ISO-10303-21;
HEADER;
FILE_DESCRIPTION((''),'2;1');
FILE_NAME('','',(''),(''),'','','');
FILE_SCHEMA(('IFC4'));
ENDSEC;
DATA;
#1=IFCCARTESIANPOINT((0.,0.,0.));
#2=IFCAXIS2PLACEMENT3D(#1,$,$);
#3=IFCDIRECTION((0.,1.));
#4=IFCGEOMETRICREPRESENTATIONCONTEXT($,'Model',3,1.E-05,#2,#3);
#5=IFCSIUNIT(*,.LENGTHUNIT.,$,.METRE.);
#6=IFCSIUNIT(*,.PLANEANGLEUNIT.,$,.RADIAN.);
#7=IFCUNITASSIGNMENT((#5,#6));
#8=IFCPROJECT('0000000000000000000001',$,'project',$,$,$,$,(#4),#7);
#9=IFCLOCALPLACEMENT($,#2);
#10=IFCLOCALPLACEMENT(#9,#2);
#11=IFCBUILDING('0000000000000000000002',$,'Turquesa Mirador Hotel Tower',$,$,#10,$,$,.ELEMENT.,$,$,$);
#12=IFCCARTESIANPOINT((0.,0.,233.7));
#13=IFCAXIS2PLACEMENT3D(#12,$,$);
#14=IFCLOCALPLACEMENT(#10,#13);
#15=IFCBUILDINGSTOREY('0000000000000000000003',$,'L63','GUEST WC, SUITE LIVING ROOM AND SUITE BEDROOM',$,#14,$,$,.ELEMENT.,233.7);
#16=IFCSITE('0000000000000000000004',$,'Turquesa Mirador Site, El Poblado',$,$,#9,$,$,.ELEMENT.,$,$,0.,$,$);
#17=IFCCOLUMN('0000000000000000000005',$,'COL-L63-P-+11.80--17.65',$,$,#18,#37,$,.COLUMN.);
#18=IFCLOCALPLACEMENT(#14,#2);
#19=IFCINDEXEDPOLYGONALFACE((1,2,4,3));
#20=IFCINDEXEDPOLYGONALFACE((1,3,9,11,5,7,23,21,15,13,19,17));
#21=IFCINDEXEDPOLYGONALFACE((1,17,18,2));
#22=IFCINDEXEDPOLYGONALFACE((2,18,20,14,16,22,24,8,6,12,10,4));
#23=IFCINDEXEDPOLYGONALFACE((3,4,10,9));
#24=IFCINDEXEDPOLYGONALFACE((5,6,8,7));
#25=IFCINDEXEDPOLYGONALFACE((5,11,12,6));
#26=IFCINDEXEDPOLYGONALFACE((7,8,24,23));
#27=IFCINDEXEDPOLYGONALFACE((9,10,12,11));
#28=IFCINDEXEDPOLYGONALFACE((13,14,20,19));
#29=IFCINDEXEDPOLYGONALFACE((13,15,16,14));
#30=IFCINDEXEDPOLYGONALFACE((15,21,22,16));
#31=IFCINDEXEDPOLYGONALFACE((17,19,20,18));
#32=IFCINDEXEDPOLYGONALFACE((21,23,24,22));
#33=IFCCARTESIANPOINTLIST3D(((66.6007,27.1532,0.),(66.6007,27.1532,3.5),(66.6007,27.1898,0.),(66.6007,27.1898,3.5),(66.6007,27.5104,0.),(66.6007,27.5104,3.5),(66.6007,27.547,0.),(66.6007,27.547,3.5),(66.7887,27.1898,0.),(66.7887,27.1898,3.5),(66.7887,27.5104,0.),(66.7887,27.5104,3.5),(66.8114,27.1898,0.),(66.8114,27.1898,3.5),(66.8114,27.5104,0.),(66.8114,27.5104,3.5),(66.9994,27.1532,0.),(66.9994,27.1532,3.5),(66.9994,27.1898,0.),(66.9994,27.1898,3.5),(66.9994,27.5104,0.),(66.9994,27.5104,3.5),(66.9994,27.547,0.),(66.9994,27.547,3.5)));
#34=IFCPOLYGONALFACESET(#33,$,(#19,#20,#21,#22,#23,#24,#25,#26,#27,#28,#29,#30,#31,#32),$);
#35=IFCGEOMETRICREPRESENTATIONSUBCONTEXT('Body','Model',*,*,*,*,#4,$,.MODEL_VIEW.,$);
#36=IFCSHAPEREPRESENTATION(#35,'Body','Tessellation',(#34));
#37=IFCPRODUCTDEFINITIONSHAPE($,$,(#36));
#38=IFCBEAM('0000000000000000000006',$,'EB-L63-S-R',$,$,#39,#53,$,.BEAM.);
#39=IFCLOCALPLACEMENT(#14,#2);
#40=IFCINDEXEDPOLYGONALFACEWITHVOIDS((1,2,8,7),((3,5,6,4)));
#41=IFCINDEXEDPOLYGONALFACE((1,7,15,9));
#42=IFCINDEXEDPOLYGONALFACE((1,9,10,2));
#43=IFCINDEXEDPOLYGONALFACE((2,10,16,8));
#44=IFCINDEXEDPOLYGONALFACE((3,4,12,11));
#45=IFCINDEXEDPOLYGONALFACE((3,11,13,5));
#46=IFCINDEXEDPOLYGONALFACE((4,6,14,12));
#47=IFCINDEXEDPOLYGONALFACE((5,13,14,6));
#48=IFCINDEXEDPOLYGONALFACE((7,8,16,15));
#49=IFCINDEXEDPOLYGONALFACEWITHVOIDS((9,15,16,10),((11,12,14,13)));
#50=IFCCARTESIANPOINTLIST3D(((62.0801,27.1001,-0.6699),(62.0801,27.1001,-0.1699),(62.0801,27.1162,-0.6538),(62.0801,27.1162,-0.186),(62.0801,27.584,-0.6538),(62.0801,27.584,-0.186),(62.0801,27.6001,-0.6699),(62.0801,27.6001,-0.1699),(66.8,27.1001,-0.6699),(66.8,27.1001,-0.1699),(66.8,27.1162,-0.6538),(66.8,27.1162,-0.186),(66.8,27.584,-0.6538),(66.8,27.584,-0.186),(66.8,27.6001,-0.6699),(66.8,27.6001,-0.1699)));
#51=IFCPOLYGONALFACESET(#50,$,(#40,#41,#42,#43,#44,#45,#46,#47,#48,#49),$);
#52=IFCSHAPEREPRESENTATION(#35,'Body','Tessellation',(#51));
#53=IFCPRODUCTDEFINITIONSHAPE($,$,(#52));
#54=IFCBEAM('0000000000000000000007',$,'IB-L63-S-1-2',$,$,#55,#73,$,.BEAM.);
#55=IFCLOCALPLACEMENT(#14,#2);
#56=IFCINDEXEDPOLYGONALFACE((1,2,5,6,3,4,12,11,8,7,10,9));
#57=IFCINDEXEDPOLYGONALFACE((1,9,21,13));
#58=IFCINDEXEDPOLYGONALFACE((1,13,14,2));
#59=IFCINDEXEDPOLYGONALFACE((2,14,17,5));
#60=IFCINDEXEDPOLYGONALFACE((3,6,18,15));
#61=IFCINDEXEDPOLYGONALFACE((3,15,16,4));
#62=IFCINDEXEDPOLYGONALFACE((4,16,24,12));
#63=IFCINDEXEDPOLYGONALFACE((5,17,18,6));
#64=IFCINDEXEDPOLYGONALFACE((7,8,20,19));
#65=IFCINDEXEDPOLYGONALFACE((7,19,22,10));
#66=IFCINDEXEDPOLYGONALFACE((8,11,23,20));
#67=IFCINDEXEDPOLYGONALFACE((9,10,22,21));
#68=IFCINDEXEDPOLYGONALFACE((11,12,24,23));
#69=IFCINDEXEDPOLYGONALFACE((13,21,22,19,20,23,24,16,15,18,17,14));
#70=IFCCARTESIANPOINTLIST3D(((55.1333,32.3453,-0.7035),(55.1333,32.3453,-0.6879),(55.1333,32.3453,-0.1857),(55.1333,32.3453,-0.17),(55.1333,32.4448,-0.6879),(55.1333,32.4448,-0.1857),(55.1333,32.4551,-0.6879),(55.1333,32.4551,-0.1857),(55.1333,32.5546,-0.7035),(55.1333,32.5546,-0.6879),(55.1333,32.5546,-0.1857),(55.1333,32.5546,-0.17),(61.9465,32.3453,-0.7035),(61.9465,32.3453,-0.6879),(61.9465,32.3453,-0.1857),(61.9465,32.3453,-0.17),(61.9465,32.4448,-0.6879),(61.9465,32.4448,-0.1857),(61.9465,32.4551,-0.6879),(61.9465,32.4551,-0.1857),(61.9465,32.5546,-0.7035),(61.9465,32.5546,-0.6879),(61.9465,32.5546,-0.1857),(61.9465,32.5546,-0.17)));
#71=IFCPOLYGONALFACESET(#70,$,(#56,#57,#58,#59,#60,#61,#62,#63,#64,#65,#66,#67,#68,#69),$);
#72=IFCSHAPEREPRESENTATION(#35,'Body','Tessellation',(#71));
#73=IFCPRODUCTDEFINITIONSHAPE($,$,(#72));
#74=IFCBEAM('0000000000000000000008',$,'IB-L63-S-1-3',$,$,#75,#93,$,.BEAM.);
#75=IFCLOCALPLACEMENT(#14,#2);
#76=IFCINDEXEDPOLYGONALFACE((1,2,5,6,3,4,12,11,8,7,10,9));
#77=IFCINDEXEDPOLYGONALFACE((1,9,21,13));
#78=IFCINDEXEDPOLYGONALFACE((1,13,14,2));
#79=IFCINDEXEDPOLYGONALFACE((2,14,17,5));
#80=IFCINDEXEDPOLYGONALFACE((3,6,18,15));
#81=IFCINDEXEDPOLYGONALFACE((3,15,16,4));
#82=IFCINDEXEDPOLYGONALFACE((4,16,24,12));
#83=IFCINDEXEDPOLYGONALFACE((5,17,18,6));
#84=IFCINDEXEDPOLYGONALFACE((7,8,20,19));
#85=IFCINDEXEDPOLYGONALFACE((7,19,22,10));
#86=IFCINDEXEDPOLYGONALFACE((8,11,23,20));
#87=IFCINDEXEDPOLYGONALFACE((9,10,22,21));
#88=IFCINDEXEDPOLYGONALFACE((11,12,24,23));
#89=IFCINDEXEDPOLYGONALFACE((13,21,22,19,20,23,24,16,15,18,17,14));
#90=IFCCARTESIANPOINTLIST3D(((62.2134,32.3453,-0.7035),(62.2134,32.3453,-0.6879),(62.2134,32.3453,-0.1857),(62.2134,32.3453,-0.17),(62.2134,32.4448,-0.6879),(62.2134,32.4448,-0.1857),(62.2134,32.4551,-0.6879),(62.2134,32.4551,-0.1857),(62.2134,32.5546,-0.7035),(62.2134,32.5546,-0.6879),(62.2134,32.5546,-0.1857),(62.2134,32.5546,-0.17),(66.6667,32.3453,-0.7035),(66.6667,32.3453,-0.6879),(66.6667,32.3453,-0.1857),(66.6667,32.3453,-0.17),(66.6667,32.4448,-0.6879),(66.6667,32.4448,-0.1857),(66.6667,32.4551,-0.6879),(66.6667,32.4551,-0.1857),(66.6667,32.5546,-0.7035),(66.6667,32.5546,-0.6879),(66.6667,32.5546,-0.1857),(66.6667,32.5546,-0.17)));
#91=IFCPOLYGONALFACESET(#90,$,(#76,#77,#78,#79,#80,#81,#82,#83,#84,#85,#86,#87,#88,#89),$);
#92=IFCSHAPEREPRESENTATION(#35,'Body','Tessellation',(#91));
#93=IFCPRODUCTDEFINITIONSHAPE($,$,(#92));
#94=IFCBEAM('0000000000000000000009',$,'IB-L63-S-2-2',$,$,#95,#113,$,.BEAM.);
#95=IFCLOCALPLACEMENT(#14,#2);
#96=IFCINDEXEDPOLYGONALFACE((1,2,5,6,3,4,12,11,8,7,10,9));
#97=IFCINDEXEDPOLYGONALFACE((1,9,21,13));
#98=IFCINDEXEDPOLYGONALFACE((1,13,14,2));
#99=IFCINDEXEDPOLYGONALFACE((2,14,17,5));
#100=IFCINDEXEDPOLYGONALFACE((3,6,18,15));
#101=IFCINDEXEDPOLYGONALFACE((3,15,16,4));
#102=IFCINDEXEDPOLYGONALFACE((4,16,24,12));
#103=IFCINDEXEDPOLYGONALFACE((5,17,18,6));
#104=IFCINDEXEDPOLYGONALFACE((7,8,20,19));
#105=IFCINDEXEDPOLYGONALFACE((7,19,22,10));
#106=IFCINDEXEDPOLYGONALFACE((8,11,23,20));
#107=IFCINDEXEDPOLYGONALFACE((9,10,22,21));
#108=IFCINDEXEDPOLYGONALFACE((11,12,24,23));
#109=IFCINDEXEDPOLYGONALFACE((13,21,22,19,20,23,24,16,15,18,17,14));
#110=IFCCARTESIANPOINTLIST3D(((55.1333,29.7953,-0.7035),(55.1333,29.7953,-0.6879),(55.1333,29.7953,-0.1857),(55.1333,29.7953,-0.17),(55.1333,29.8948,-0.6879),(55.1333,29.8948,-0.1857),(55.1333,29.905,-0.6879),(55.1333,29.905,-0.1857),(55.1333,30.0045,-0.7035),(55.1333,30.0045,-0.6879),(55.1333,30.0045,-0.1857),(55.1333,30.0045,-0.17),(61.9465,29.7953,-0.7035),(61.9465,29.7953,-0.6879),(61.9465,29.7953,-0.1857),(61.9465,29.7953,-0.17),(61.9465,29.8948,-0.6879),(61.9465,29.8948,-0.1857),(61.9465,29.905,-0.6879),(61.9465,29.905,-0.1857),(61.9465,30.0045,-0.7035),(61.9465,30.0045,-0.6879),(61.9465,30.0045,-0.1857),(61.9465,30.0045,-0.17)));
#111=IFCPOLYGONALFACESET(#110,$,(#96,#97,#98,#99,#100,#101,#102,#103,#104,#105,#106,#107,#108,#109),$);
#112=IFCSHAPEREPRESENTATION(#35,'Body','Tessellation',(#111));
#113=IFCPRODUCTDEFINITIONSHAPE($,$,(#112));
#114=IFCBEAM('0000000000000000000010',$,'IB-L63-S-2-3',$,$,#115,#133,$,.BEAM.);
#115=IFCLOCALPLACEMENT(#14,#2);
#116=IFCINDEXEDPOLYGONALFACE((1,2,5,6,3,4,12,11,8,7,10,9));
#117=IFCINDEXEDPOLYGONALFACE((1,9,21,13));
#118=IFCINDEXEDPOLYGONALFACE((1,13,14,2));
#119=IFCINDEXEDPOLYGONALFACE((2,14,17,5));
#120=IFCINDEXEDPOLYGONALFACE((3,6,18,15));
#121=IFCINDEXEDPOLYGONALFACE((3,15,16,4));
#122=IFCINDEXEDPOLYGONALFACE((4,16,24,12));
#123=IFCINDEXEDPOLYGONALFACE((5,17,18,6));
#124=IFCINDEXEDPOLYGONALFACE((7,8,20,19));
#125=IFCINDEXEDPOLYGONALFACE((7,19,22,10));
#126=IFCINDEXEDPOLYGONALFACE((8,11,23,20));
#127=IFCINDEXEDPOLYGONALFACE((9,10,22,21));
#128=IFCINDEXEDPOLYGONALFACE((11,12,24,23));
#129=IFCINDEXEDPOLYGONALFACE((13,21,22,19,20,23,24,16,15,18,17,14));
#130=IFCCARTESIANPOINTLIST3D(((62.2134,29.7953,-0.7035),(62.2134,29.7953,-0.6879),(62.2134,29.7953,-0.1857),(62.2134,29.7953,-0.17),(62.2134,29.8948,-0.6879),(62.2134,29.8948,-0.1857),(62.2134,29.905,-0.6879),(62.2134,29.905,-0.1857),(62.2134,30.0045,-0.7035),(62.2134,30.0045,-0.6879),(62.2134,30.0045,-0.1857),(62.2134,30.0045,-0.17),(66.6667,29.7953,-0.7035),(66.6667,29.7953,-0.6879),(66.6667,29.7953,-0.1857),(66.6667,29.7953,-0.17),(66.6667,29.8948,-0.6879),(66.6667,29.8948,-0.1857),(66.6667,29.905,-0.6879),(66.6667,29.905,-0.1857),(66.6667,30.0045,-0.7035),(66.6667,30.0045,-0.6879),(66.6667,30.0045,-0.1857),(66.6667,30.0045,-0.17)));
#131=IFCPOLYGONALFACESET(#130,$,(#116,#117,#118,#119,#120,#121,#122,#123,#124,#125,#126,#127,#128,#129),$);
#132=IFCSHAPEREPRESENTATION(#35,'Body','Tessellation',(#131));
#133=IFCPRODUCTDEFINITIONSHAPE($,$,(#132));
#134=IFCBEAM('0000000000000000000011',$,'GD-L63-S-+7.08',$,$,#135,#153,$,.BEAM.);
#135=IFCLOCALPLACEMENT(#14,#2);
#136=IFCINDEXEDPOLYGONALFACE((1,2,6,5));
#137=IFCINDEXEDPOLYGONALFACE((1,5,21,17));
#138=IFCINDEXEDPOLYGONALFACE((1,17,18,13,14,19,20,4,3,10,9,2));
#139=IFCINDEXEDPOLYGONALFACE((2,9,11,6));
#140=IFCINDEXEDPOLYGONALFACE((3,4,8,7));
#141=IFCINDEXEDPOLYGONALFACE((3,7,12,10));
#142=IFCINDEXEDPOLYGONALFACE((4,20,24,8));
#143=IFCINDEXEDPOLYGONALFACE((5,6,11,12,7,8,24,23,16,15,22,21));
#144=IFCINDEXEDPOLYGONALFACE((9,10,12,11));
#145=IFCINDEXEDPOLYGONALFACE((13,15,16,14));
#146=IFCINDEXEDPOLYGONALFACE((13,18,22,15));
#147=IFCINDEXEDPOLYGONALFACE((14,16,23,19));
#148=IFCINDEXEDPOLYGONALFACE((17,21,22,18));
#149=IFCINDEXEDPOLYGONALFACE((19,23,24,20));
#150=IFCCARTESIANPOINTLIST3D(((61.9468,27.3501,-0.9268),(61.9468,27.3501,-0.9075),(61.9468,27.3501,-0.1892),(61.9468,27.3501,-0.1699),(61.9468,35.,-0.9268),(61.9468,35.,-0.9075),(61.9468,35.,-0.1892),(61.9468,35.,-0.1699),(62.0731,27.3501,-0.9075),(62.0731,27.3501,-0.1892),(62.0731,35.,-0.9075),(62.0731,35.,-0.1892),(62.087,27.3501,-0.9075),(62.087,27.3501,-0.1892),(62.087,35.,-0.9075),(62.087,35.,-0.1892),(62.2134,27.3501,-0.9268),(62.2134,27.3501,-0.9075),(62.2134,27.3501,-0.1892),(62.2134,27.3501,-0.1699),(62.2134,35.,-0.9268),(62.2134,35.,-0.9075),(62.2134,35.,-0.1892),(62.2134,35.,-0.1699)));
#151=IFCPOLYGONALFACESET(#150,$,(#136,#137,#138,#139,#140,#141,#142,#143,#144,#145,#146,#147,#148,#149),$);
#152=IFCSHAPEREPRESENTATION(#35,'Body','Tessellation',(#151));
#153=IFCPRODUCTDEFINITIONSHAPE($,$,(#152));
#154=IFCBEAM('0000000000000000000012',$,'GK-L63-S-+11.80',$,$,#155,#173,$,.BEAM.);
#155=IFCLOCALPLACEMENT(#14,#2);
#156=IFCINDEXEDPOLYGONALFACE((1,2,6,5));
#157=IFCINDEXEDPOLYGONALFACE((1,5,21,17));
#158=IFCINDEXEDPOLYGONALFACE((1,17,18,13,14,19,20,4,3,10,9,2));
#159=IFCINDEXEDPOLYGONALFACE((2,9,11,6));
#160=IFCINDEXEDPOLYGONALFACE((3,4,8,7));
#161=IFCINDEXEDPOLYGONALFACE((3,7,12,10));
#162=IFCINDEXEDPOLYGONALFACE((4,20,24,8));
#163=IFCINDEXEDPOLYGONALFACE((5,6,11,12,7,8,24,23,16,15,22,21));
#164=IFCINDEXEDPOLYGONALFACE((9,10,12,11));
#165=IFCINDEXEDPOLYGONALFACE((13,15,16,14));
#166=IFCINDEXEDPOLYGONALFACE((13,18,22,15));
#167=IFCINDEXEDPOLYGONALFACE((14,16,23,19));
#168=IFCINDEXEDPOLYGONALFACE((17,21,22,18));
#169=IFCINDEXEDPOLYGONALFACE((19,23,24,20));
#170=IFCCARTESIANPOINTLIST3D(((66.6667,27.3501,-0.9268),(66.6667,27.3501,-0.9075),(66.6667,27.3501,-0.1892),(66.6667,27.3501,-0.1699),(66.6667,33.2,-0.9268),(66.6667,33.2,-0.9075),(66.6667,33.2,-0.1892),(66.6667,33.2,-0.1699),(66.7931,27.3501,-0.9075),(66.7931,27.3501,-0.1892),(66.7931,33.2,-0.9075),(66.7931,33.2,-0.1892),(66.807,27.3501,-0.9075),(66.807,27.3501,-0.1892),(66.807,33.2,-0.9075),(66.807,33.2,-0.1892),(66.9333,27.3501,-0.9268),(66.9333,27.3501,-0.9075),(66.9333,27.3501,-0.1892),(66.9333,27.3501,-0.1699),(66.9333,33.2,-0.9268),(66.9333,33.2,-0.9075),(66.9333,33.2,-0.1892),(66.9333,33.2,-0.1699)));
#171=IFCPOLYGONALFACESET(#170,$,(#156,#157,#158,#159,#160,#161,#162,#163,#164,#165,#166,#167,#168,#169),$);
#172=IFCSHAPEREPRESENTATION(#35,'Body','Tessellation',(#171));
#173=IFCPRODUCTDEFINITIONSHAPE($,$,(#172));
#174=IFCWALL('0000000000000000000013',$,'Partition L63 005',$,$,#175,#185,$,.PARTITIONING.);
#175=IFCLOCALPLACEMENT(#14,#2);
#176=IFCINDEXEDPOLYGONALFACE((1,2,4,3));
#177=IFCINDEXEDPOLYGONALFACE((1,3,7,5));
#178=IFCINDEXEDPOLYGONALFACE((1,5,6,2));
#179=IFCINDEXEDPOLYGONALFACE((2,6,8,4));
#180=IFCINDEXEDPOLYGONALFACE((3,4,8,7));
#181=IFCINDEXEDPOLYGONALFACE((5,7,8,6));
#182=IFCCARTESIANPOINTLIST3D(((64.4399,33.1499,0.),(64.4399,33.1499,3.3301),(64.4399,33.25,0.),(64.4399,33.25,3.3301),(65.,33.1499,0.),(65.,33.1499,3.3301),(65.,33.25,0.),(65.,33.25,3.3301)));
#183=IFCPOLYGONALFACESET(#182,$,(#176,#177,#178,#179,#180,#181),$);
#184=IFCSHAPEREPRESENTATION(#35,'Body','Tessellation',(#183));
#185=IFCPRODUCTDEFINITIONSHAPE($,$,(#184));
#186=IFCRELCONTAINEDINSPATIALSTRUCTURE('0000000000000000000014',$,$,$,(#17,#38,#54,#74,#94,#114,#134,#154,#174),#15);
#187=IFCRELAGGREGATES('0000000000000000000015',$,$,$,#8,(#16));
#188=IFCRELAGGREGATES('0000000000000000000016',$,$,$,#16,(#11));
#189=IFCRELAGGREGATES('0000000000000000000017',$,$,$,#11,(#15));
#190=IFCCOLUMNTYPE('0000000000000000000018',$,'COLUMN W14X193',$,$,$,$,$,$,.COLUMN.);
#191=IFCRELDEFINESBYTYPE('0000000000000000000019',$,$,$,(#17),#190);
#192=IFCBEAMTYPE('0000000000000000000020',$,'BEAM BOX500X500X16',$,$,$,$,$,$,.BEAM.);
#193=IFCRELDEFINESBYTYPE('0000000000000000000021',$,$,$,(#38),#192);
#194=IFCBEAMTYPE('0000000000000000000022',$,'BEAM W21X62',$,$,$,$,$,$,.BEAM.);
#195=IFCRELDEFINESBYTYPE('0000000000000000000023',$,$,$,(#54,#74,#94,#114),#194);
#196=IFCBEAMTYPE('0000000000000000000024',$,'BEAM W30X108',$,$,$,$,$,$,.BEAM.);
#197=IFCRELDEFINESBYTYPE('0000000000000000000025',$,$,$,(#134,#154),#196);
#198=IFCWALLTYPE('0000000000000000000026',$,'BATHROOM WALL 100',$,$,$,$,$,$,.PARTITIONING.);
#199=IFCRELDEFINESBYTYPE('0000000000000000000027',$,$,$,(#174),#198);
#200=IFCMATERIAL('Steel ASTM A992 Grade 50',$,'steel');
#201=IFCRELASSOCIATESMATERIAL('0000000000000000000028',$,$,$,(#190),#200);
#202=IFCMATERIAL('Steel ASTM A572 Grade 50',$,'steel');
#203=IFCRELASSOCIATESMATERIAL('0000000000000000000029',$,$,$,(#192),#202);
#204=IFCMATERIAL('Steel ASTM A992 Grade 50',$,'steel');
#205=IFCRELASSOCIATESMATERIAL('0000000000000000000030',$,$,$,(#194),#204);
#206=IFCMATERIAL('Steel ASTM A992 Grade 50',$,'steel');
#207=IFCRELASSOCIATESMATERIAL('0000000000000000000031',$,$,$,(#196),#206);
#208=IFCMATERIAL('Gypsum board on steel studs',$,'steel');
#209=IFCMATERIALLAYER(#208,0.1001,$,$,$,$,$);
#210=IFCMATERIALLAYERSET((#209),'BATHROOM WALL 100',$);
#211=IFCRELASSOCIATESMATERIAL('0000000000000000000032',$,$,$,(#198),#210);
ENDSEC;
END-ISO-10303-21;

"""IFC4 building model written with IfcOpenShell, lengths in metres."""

from ifc_helpers import new_model, si_unit, direction, frame, frame_2d, origin, origin_2d, place, context, subcontext, project, spatial, rectangle, hollow_rectangle, i_section, extrude, material, layer, layer_set, material_profile, profile_set, type_object, element, save


model = new_model("IFC4")

# Units and contexts
model_context = context("Model", 3, precision=1e-05, world=origin(), true_north=direction((0.0, 1.0)))
body_context = subcontext(model_context, "Body", "Model", "MODEL_VIEW")
ifc_project = project(units=[si_unit("LENGTHUNIT", "METRE"), si_unit("PLANEANGLEUNIT", "RADIAN")], contexts=[model_context])

# Site, building, storey
site_placement = place(None, origin())
site = spatial("IfcSite", under=ifc_project, at=site_placement, Name="Turquesa Mirador Site, El Poblado", CompositionType="ELEMENT", RefElevation=0.0)
building_placement = place(site_placement, origin())
building = spatial("IfcBuilding", under=site, at=building_placement, Name="Turquesa Mirador Hotel Tower", CompositionType="ELEMENT")
storey_placement = place(building_placement, frame((0.0, 0.0, 233.7)))
storey = spatial("IfcBuildingStorey", under=building, at=storey_placement, Name="L63", Description="GUEST WC, SUITE LIVING ROOM AND SUITE BEDROOM", CompositionType="ELEMENT", Elevation=233.7)

# Column
ifc_material_1 = material(Name="Steel ASTM A992 Grade 50", Category="steel")
ifc_material_profile_1 = material_profile(ifc_material_1, i_section(OverallWidth=0.3987, OverallDepth=0.3938, WebThickness=0.0227, FlangeThickness=0.0366, at=origin_2d()), Name="W14X193")
ifc_profile_set_1 = profile_set([ifc_material_profile_1], Name="Steel ASTM A992 Grade 50")
column_type = type_object("IfcColumnType", Name="COLUMN W14X193", PredefinedType="COLUMN", material=ifc_profile_set_1)
column_placement = place(storey_placement, frame((66.8, 27.3501, 0.0), z_axis=(0.0, 0.0, 1.0), x_axis=(1.0, 0.0, 0.0)))
element("IfcColumn", 1, at=column_placement, inside=storey, type_object=column_type, Name="COL-L63-P-+11.80--17.65", PredefinedType="COLUMN", context=body_context, shape_type="SweptSolid", body=[
    extrude(i_section(OverallWidth=0.3987, OverallDepth=0.3938, WebThickness=0.0227, FlangeThickness=0.0366, at=origin_2d()), origin(), (0.0, 0.0, 1.0), 3.5),
])

# Beams
ifc_material_2 = material(Name="Steel ASTM A572 Grade 50", Category="steel")
ifc_material_profile_2 = material_profile(ifc_material_2, hollow_rectangle(XDim=0.5, YDim=0.5, WallThickness=0.0161, at=origin_2d()), Name="BOX500X500X16")
ifc_profile_set_2 = profile_set([ifc_material_profile_2], Name="Steel ASTM A572 Grade 50")
beam_type_1 = type_object("IfcBeamType", Name="BEAM BOX500X500X16", PredefinedType="BEAM", material=ifc_profile_set_2)
beam_1_placement = place(storey_placement, frame((62.0801, 27.3501, -0.4199), z_axis=(1.0, 0.0, 0.0), x_axis=(0.0, 1.0, 0.0)))
element("IfcBeam", 2, at=beam_1_placement, inside=storey, type_object=beam_type_1, Name="EB-L63-S-R", PredefinedType="BEAM", context=body_context, shape_type="SweptSolid", body=[
    extrude(hollow_rectangle(XDim=0.5, YDim=0.5, WallThickness=0.0161, at=origin_2d()), origin(), (0.0, 0.0, 1.0), 4.72),
])
ifc_material_3 = material(Name="Steel ASTM A992 Grade 50", Category="steel")
ifc_material_profile_3 = material_profile(ifc_material_3, i_section(OverallWidth=0.2092, OverallDepth=0.5334, WebThickness=0.0103, FlangeThickness=0.0156, at=origin_2d()), Name="W21X62")
ifc_profile_set_3 = profile_set([ifc_material_profile_3], Name="Steel ASTM A992 Grade 50")
beam_type_2 = type_object("IfcBeamType", Name="BEAM W21X62", PredefinedType="BEAM", material=ifc_profile_set_3)
beam_2_placement = place(storey_placement, frame((55.1333, 32.45, -0.4368), z_axis=(1.0, 0.0, 0.0), x_axis=(0.0, 1.0, 0.0)))
element("IfcBeam", 3, at=beam_2_placement, inside=storey, type_object=beam_type_2, Name="IB-L63-S-1-2", PredefinedType="BEAM", context=body_context, shape_type="SweptSolid", body=[
    extrude(i_section(OverallWidth=0.2092, OverallDepth=0.5334, WebThickness=0.0103, FlangeThickness=0.0156, at=origin_2d()), origin(), (0.0, 0.0, 1.0), 6.8132),
])
beam_3_placement = place(storey_placement, frame((62.2134, 32.45, -0.4368), z_axis=(1.0, 0.0, 0.0), x_axis=(0.0, 1.0, 0.0)))
element("IfcBeam", 4, at=beam_3_placement, inside=storey, type_object=beam_type_2, Name="IB-L63-S-1-3", PredefinedType="BEAM", context=body_context, shape_type="SweptSolid", body=[
    extrude(i_section(OverallWidth=0.2092, OverallDepth=0.5334, WebThickness=0.0103, FlangeThickness=0.0156, at=origin_2d()), origin(), (0.0, 0.0, 1.0), 4.4534),
])
beam_4_placement = place(storey_placement, frame((55.1333, 29.8999, -0.4368), z_axis=(1.0, 0.0, 0.0), x_axis=(0.0, 1.0, 0.0)))
element("IfcBeam", 5, at=beam_4_placement, inside=storey, type_object=beam_type_2, Name="IB-L63-S-2-2", PredefinedType="BEAM", context=body_context, shape_type="SweptSolid", body=[
    extrude(i_section(OverallWidth=0.2092, OverallDepth=0.5334, WebThickness=0.0103, FlangeThickness=0.0156, at=origin_2d()), origin(), (0.0, 0.0, 1.0), 6.8132),
])
beam_5_placement = place(storey_placement, frame((62.2134, 29.8999, -0.4368), z_axis=(1.0, 0.0, 0.0), x_axis=(0.0, 1.0, 0.0)))
element("IfcBeam", 6, at=beam_5_placement, inside=storey, type_object=beam_type_2, Name="IB-L63-S-2-3", PredefinedType="BEAM", context=body_context, shape_type="SweptSolid", body=[
    extrude(i_section(OverallWidth=0.2092, OverallDepth=0.5334, WebThickness=0.0103, FlangeThickness=0.0156, at=origin_2d()), origin(), (0.0, 0.0, 1.0), 4.4534),
])
ifc_material_4 = material(Name="Steel ASTM A992 Grade 50", Category="steel")
ifc_material_profile_4 = material_profile(ifc_material_4, i_section(OverallWidth=0.2666, OverallDepth=0.7568, WebThickness=0.0139, FlangeThickness=0.0193, at=origin_2d()), Name="W30X108")
ifc_profile_set_4 = profile_set([ifc_material_profile_4], Name="Steel ASTM A992 Grade 50")
beam_type_3 = type_object("IfcBeamType", Name="BEAM W30X108", PredefinedType="BEAM", material=ifc_profile_set_4)
beam_6_placement = place(storey_placement, frame((62.0801, 27.3501, -0.5483), z_axis=(0.0, 1.0, 0.0), x_axis=(-1.0, 0.0, 0.0)))
element("IfcBeam", 7, at=beam_6_placement, inside=storey, type_object=beam_type_3, Name="GD-L63-S-+7.08", PredefinedType="BEAM", context=body_context, shape_type="SweptSolid", body=[
    extrude(i_section(OverallWidth=0.2666, OverallDepth=0.7568, WebThickness=0.0139, FlangeThickness=0.0193, at=origin_2d()), origin(), (0.0, 0.0, 1.0), 7.6499),
])
beam_7_placement = place(storey_placement, frame((66.8, 27.3501, -0.5483), z_axis=(0.0, 1.0, 0.0), x_axis=(-1.0, 0.0, 0.0)))
element("IfcBeam", 8, at=beam_7_placement, inside=storey, type_object=beam_type_3, Name="GK-L63-S-+11.80", PredefinedType="BEAM", context=body_context, shape_type="SweptSolid", body=[
    extrude(i_section(OverallWidth=0.2666, OverallDepth=0.7568, WebThickness=0.0139, FlangeThickness=0.0193, at=origin_2d()), origin(), (0.0, 0.0, 1.0), 5.8499),
])

# Wall
ifc_material_5 = material(Name="Gypsum board on steel studs", Category="steel")
ifc_layer_1 = layer(ifc_material_5, 0.1001)
ifc_layer_set_1 = layer_set([ifc_layer_1], Name="BATHROOM WALL 100")
wall_type_1 = type_object("IfcWallType", Name="BATHROOM WALL 100", PredefinedType="PARTITIONING", material=ifc_layer_set_1)
wall_1_placement = place(storey_placement, frame((64.4399, 33.2, 0.0), z_axis=(0.0, 0.0, 1.0), x_axis=(1.0, 0.0, 0.0)))
element("IfcWall", 9, at=wall_1_placement, inside=storey, type_object=wall_type_1, Name="Partition L63 005", PredefinedType="PARTITIONING", context=body_context, shape_type="SweptSolid", body=[
    extrude(rectangle(XDim=0.5601, YDim=0.1001, at=frame_2d((0.28, 0.0))), origin(), (0.0, 0.0, 1.0), 3.3301),
])

save(model, "model.ifc")
